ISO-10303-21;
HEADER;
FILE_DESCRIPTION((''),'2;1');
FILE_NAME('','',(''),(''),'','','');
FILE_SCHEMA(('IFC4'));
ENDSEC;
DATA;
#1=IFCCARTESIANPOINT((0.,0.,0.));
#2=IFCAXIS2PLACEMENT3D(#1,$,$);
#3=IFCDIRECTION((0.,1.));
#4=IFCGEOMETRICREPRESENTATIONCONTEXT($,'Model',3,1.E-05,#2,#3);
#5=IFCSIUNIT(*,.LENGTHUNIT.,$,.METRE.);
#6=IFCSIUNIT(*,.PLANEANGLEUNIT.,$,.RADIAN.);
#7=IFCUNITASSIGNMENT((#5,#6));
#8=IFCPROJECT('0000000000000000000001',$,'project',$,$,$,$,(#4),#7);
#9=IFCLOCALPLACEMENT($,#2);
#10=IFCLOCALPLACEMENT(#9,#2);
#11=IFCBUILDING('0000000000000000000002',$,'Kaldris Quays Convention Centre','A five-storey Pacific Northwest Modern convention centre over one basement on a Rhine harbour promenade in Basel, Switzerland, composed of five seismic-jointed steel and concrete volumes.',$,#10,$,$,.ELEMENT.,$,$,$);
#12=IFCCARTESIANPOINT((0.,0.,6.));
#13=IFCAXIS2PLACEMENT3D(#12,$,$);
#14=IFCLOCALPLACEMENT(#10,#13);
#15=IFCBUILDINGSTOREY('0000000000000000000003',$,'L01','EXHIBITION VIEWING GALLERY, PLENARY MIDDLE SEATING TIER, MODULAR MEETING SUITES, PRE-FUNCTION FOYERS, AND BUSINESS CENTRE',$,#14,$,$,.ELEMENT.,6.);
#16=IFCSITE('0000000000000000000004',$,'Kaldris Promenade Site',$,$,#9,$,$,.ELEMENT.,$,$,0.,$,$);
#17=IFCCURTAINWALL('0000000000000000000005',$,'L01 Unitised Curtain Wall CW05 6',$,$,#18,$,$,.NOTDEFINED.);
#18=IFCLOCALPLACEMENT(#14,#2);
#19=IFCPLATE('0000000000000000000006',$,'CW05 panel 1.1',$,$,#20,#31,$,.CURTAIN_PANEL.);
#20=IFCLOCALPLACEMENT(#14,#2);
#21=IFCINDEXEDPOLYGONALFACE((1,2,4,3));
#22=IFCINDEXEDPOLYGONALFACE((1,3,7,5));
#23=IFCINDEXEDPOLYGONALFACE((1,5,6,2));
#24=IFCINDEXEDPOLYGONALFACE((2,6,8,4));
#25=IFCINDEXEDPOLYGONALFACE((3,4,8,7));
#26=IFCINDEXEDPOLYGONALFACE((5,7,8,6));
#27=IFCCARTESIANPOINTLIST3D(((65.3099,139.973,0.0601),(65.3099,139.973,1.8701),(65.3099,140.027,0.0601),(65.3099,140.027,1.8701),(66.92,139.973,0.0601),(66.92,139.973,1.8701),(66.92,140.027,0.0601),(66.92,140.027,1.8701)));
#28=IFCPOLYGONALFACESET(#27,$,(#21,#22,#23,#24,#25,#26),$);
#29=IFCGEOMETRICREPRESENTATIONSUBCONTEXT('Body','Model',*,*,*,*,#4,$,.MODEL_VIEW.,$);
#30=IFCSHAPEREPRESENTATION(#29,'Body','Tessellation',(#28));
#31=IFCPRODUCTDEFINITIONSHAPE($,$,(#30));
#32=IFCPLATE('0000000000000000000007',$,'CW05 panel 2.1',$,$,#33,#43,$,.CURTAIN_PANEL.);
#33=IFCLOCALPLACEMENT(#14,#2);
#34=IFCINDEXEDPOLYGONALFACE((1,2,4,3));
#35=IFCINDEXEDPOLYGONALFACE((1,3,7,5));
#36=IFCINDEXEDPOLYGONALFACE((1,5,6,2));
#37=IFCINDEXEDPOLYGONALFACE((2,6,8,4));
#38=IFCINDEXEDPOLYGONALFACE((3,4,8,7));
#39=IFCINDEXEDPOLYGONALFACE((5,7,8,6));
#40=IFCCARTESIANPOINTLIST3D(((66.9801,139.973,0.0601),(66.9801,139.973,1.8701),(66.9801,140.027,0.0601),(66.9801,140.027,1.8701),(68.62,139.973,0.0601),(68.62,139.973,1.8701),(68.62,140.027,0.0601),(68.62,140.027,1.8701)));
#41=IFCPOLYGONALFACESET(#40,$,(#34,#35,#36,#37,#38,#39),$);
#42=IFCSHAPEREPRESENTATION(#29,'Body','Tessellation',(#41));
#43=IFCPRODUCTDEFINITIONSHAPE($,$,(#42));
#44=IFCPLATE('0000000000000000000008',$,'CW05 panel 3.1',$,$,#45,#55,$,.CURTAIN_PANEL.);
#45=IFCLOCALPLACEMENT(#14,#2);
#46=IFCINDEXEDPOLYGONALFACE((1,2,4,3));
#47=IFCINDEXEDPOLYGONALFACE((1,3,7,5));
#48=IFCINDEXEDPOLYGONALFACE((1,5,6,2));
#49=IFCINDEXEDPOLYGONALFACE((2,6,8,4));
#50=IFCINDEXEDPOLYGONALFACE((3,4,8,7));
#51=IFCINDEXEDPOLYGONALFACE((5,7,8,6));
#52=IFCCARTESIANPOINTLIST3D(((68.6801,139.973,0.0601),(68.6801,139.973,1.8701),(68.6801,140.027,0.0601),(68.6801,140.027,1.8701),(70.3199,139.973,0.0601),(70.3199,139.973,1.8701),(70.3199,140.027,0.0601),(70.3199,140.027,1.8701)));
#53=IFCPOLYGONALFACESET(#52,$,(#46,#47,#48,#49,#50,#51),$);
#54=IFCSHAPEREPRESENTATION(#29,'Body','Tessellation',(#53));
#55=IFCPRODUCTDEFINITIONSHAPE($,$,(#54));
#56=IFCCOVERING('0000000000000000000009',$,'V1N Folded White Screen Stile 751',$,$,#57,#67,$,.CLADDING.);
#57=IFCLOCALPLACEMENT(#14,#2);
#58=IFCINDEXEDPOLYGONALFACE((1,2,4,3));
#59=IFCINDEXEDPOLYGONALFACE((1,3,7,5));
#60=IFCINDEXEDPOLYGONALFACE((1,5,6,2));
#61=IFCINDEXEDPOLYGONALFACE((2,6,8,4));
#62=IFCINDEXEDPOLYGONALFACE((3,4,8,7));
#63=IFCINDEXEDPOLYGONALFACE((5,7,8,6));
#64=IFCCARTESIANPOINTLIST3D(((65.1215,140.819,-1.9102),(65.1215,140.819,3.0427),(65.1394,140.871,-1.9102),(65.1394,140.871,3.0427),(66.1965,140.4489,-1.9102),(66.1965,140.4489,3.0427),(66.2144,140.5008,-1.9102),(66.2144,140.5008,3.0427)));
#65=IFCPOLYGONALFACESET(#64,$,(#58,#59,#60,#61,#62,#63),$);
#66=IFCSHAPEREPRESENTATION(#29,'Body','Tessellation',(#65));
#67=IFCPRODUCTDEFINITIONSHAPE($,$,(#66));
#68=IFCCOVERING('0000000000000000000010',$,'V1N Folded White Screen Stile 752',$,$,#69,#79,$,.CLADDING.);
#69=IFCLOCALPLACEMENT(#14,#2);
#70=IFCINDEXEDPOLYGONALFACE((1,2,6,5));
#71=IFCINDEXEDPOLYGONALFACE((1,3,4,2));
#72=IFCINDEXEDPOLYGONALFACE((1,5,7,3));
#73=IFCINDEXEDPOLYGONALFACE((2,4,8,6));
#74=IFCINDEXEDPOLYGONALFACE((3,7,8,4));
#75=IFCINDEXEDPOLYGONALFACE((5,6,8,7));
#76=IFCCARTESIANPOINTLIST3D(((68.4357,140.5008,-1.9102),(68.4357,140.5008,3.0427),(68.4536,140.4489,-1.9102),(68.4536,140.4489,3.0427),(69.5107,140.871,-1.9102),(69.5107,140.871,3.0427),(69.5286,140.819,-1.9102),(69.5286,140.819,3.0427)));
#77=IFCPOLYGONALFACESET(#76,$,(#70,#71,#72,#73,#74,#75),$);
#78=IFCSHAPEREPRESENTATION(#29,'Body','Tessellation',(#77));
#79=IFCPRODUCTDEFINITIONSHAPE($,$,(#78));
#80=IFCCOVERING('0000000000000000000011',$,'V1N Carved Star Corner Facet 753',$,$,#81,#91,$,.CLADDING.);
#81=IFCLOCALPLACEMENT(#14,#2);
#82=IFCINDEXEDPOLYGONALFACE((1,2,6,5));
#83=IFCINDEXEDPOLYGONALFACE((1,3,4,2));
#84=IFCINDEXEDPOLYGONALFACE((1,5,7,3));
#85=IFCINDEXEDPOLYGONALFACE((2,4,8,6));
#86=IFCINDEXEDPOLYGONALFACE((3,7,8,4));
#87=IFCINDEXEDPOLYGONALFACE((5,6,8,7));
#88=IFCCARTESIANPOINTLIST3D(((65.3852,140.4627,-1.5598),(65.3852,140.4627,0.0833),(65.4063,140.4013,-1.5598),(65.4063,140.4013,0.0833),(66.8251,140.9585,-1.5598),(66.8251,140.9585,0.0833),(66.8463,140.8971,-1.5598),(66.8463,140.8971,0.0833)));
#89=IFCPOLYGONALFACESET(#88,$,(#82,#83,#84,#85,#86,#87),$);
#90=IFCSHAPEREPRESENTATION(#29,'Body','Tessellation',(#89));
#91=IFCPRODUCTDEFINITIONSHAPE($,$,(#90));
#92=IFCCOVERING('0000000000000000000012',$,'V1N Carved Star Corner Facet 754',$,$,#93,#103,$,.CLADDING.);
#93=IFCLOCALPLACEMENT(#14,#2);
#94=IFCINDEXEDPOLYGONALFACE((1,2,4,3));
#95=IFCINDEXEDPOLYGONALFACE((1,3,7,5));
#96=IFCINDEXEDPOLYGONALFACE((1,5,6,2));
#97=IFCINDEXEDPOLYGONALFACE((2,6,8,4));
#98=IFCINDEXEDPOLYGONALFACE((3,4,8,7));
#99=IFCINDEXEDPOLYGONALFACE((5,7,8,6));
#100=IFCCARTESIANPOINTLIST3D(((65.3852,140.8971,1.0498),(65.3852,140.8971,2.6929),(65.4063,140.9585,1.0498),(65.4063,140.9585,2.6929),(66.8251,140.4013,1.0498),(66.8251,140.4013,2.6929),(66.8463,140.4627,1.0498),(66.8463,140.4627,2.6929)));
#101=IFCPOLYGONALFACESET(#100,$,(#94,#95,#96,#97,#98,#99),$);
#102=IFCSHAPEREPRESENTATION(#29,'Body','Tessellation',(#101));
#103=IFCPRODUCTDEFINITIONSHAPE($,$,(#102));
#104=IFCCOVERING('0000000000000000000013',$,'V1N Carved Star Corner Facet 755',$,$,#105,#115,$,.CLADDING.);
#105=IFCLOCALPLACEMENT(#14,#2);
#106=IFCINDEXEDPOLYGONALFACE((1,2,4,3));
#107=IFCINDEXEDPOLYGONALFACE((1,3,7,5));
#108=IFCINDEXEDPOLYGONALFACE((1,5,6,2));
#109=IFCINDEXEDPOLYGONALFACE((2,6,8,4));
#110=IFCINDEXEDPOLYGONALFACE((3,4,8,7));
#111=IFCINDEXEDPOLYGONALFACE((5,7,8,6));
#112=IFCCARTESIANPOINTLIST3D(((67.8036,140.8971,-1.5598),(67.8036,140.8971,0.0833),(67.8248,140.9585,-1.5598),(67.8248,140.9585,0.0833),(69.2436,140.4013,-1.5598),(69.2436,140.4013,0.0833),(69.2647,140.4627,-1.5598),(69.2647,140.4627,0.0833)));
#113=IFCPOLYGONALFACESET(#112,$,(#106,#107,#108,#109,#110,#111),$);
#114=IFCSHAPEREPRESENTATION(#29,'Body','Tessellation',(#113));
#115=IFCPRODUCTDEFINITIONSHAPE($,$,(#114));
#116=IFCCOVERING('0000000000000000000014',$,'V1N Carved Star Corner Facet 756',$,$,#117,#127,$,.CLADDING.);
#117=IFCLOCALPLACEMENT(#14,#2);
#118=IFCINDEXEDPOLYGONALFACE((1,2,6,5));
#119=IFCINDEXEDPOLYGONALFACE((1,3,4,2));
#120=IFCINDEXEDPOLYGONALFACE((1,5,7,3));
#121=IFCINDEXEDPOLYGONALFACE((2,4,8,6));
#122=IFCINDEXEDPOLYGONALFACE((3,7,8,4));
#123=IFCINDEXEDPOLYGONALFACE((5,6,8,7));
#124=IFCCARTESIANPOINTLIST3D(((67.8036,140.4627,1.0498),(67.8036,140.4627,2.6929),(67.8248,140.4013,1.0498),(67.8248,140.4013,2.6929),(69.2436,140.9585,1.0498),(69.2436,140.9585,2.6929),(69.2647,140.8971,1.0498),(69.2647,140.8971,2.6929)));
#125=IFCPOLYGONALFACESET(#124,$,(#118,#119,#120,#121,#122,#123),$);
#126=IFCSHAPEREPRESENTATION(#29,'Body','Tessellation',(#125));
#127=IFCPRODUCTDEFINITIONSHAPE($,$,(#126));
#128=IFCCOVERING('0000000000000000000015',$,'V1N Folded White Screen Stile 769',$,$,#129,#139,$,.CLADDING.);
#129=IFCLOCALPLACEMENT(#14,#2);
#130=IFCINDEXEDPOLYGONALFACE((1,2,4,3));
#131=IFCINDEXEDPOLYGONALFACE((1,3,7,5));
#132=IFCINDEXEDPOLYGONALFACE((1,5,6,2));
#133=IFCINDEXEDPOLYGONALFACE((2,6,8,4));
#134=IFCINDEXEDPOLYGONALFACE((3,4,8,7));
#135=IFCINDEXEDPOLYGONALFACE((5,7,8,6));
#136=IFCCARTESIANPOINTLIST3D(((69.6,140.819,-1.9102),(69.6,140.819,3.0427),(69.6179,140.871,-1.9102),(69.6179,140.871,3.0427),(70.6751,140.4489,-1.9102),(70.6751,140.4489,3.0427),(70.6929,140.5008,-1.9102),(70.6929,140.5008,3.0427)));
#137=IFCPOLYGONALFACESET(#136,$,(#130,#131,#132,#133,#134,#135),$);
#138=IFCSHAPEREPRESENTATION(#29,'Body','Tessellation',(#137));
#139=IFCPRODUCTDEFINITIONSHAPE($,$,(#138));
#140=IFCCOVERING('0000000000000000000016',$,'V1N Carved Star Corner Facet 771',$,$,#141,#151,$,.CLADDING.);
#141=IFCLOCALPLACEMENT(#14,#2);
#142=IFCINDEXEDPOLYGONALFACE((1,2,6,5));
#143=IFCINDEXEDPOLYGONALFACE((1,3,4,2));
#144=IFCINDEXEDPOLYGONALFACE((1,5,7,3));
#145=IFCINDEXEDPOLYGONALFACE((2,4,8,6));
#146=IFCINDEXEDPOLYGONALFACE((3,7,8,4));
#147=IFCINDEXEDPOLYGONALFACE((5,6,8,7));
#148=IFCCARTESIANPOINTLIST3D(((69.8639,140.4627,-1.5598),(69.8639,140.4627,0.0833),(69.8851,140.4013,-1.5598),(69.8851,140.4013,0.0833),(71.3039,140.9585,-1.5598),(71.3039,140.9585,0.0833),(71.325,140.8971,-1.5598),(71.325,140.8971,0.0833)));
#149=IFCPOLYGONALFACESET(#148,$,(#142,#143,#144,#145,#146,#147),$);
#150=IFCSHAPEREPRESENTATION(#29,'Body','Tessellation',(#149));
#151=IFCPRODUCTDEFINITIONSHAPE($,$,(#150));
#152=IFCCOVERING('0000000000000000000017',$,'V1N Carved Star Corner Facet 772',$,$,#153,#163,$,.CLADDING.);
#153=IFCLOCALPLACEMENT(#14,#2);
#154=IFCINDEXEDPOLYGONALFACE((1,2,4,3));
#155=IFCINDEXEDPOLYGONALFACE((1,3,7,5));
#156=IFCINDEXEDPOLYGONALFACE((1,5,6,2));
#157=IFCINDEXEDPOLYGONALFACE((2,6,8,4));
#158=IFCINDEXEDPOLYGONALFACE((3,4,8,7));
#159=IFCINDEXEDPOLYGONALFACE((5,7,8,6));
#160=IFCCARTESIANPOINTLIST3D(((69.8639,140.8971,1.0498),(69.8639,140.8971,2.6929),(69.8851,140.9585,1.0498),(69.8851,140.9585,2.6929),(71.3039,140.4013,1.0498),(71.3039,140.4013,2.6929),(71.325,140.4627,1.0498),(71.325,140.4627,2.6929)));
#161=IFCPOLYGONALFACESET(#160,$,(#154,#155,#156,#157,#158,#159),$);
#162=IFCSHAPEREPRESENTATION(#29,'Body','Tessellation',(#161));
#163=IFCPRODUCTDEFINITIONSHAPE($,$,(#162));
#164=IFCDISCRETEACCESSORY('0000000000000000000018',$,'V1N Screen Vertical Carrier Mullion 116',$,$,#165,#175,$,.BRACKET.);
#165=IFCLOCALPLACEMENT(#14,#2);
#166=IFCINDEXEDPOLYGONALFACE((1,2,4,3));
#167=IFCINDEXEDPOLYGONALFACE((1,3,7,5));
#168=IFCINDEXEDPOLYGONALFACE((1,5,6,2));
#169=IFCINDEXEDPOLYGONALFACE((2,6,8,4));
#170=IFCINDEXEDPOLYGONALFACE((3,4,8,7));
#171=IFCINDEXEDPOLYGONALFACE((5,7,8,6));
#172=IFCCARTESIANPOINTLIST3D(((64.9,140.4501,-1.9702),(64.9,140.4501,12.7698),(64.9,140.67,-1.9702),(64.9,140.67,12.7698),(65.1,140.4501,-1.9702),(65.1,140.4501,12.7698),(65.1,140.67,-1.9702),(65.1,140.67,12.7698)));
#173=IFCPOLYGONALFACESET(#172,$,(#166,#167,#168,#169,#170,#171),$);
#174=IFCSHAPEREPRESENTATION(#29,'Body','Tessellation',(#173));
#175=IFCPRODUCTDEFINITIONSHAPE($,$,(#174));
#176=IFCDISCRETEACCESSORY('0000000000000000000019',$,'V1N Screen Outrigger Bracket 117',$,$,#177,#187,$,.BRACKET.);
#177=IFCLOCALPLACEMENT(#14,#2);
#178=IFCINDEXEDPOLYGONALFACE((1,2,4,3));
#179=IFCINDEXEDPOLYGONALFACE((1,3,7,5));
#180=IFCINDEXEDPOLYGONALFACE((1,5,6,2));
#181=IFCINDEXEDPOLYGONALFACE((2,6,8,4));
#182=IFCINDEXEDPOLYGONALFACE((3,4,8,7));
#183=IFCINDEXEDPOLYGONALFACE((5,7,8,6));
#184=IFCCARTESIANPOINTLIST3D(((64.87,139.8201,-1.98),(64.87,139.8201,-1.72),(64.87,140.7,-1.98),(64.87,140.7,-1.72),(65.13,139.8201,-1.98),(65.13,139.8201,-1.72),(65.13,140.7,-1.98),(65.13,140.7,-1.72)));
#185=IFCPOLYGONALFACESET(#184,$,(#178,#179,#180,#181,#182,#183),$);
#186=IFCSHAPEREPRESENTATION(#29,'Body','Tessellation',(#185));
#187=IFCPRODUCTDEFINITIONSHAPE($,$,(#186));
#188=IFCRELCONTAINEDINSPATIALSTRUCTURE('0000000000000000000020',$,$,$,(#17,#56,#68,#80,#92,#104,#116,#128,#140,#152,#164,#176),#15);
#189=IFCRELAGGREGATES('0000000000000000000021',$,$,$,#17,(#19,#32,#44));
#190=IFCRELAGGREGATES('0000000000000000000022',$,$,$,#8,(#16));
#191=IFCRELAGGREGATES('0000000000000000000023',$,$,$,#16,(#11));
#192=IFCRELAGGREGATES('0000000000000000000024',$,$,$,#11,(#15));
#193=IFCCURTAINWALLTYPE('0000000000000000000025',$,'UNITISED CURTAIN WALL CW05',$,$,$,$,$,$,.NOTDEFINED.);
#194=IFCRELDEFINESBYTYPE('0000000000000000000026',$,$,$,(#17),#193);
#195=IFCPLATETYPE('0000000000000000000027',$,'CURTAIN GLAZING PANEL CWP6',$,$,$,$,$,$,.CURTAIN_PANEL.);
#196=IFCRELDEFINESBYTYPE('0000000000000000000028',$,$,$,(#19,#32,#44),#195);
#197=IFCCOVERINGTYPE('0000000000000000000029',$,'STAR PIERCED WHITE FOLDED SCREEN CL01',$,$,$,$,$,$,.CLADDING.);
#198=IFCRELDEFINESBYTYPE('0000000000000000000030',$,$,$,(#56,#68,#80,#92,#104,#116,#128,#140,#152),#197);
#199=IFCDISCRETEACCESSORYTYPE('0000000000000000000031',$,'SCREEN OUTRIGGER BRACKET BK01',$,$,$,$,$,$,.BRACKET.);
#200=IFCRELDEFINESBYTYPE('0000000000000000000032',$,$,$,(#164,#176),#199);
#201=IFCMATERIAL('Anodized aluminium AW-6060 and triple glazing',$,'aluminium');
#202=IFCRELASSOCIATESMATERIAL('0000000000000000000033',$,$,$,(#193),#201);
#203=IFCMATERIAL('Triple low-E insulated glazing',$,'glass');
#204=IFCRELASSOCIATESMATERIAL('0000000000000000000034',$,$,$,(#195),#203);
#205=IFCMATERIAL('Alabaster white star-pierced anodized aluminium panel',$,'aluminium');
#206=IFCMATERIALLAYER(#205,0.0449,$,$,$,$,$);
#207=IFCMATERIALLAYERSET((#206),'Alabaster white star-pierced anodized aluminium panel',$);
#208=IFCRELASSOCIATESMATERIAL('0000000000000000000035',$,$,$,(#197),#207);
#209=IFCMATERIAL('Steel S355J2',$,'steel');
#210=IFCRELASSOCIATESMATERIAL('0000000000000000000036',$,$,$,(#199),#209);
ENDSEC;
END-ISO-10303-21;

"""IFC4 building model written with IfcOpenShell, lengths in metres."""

from ifc_helpers import new_model, si_unit, direction, frame, origin, origin_2d, place, context, subcontext, project, spatial, rectangle, extrude, material, layer, layer_set, type_object, element, aggregate, save


model = new_model("IFC4")

# Units and contexts
model_context = context("Model", 3, precision=1e-05, world=origin(), true_north=direction((0.0, 1.0)))
body_context = subcontext(model_context, "Body", "Model", "MODEL_VIEW")
ifc_project = project(units=[si_unit("LENGTHUNIT", "METRE"), si_unit("PLANEANGLEUNIT", "RADIAN")], contexts=[model_context])

# Site, building, storey
site_placement = place(None, origin())
site = spatial("IfcSite", under=ifc_project, at=site_placement, Name="Kaldris Promenade Site", CompositionType="ELEMENT", RefElevation=0.0)
building_placement = place(site_placement, origin())
building = spatial("IfcBuilding", under=site, at=building_placement, Name="Kaldris Quays Convention Centre", Description="A five-storey Pacific Northwest Modern convention centre over one basement on a Rhine harbour promenade in Basel, Switzerland, composed of five seismic-jointed steel and concrete volumes.", CompositionType="ELEMENT")
storey_placement = place(building_placement, frame((0.0, 0.0, 6.0)))
storey = spatial("IfcBuildingStorey", under=building, at=storey_placement, Name="L01", Description="EXHIBITION VIEWING GALLERY, PLENARY MIDDLE SEATING TIER, MODULAR MEETING SUITES, PRE-FUNCTION FOYERS, AND BUSINESS CENTRE", CompositionType="ELEMENT", Elevation=6.0)

# Curtain wall, plates
ifc_material_1 = material(Name="Anodized aluminium AW-6060 and triple glazing", Category="aluminium")
curtain_wall_type = type_object("IfcCurtainWallType", Name="UNITISED CURTAIN WALL CW05", PredefinedType="NOTDEFINED", material=ifc_material_1)
curtain_wall_placement = place(storey_placement, origin())
curtain_wall = element("IfcCurtainWall", 1, at=curtain_wall_placement, inside=storey, type_object=curtain_wall_type, Name="L01 Unitised Curtain Wall CW05 6", PredefinedType="NOTDEFINED")
ifc_material_2 = material(Name="Triple low-E insulated glazing", Category="glass")
plate_type = type_object("IfcPlateType", Name="CURTAIN GLAZING PANEL CWP6", PredefinedType="CURTAIN_PANEL", material=ifc_material_2)
plate_1_placement = place(storey_placement, frame((66.115, 140.0, 0.0601), z_axis=(0.0, 0.0, 1.0), x_axis=(1.0, 0.0, 0.0)))
plate_1 = element("IfcPlate", 2, at=plate_1_placement, type_object=plate_type, Name="CW05 panel 1.1", PredefinedType="CURTAIN_PANEL", context=body_context, shape_type="SweptSolid", body=[
    extrude(rectangle(XDim=1.6101, YDim=0.054, at=origin_2d()), origin(), (0.0, 0.0, 1.0), 1.8101),
])
plate_2_placement = place(storey_placement, frame((67.8, 140.0, 0.0601), z_axis=(0.0, 0.0, 1.0), x_axis=(1.0, 0.0, 0.0)))
plate_2 = element("IfcPlate", 3, at=plate_2_placement, type_object=plate_type, Name="CW05 panel 2.1", PredefinedType="CURTAIN_PANEL", context=body_context, shape_type="SweptSolid", body=[
    extrude(rectangle(XDim=1.6399, YDim=0.054, at=origin_2d()), origin(), (0.0, 0.0, 1.0), 1.8101),
])
plate_3_placement = place(storey_placement, frame((69.5, 140.0, 0.0601), z_axis=(0.0, 0.0, 1.0), x_axis=(1.0, 0.0, 0.0)))
plate_3 = element("IfcPlate", 4, at=plate_3_placement, type_object=plate_type, Name="CW05 panel 3.1", PredefinedType="CURTAIN_PANEL", context=body_context, shape_type="SweptSolid", body=[
    extrude(rectangle(XDim=1.6399, YDim=0.054, at=origin_2d()), origin(), (0.0, 0.0, 1.0), 1.8101),
])
aggregate(curtain_wall, [plate_1, plate_2, plate_3])

# Coverings
ifc_material_3 = material(Name="Alabaster white star-pierced anodized aluminium panel", Category="aluminium")
ifc_layer = layer(ifc_material_3, 0.0449)
ifc_layer_set = layer_set([ifc_layer], Name="Alabaster white star-pierced anodized aluminium panel")
covering_type = type_object("IfcCoveringType", Name="STAR PIERCED WHITE FOLDED SCREEN CL01", PredefinedType="CLADDING", material=ifc_layer_set)
for number, where, z_axis, x_axis, name in (
    (5, (65.668, 140.6599, -1.9102), (0.0, 0.0, 1.0), (0.945519, -0.325568, 0.0), "V1N Folded White Screen Stile 751"),
    (6, (68.9822, 140.6599, -1.9102), (0.0, 0.0, 1.0), (0.945519, 0.325568, 0.0), "V1N Folded White Screen Stile 752"),
):
    element("IfcCovering", number, at=place(storey_placement, frame(where, z_axis=z_axis, x_axis=x_axis)), inside=storey, type_object=covering_type, Name=name, PredefinedType="CLADDING", context=body_context, shape_type="SweptSolid", body=[
        extrude(rectangle(XDim=1.137, YDim=0.0549, at=origin_2d()), origin(), (0.0, 0.0, 1.0), 4.9529),
    ])
for number, where, z_axis, x_axis, name in (
    (7, (66.1157, 140.6799, -1.5598), (0.0, 0.0, 1.0), (0.945519, 0.325568, 0.0), "V1N Carved Star Corner Facet 753"),
    (8, (66.1157, 140.6799, 1.0498), (0.0, 0.0, 1.0), (0.945519, -0.325568, 0.0), "V1N Carved Star Corner Facet 754"),
    (9, (68.5342, 140.6799, -1.5598), (0.0, 0.0, 1.0), (0.945519, -0.325568, 0.0), "V1N Carved Star Corner Facet 755"),
    (10, (68.5342, 140.6799, 1.0498), (0.0, 0.0, 1.0), (0.945519, 0.325568, 0.0), "V1N Carved Star Corner Facet 756"),
):
    element("IfcCovering", number, at=place(storey_placement, frame(where, z_axis=z_axis, x_axis=x_axis)), inside=storey, type_object=covering_type, Name=name, PredefinedType="CLADDING", context=body_context, shape_type="SweptSolid", body=[
        extrude(rectangle(XDim=1.5229, YDim=0.0649, at=origin_2d()), origin(), (0.0, 0.0, 1.0), 1.6431),
    ])
covering_placement = place(storey_placement, frame((70.1465, 140.6599, -1.9102), z_axis=(0.0, 0.0, 1.0), x_axis=(0.945519, -0.325568, 0.0)))
element("IfcCovering", 11, at=covering_placement, inside=storey, type_object=covering_type, Name="V1N Folded White Screen Stile 769", PredefinedType="CLADDING", context=body_context, shape_type="SweptSolid", body=[
    extrude(rectangle(XDim=1.137, YDim=0.0549, at=origin_2d()), origin(), (0.0, 0.0, 1.0), 4.9529),
])
for number, where, z_axis, x_axis, name in (
    (12, (70.5945, 140.6799, -1.5598), (0.0, 0.0, 1.0), (0.945519, 0.325568, 0.0), "V1N Carved Star Corner Facet 771"),
    (13, (70.5945, 140.6799, 1.0498), (0.0, 0.0, 1.0), (0.945519, -0.325568, 0.0), "V1N Carved Star Corner Facet 772"),
):
    element("IfcCovering", number, at=place(storey_placement, frame(where, z_axis=z_axis, x_axis=x_axis)), inside=storey, type_object=covering_type, Name=name, PredefinedType="CLADDING", context=body_context, shape_type="SweptSolid", body=[
        extrude(rectangle(XDim=1.5229, YDim=0.0649, at=origin_2d()), origin(), (0.0, 0.0, 1.0), 1.6431),
    ])

# Discrete accessories
ifc_material_4 = material(Name="Steel S355J2", Category="steel")
discrete_accessory_type = type_object("IfcDiscreteAccessoryType", Name="SCREEN OUTRIGGER BRACKET BK01", PredefinedType="BRACKET", material=ifc_material_4)
discrete_accessory_1_placement = place(storey_placement, frame((65.0, 140.5601, -1.9702), z_axis=(0.0, 0.0, 1.0), x_axis=(1.0, 0.0, 0.0)))
element("IfcDiscreteAccessory", 14, at=discrete_accessory_1_placement, inside=storey, type_object=discrete_accessory_type, Name="V1N Screen Vertical Carrier Mullion 116", PredefinedType="BRACKET", context=body_context, shape_type="SweptSolid", body=[
    extrude(rectangle(XDim=0.2, YDim=0.22, at=origin_2d()), origin(), (0.0, 0.0, 1.0), 14.74),
])
discrete_accessory_2_placement = place(storey_placement, frame((65.0, 140.26, -1.98), z_axis=(0.0, 0.0, 1.0), x_axis=(1.0, 0.0, 0.0)))
element("IfcDiscreteAccessory", 15, at=discrete_accessory_2_placement, inside=storey, type_object=discrete_accessory_type, Name="V1N Screen Outrigger Bracket 117", PredefinedType="BRACKET", context=body_context, shape_type="SweptSolid", body=[
    extrude(rectangle(XDim=0.26, YDim=0.8799, at=origin_2d()), origin(), (0.0, 0.0, 1.0), 0.26),
])

save(model, "model.ifc")
